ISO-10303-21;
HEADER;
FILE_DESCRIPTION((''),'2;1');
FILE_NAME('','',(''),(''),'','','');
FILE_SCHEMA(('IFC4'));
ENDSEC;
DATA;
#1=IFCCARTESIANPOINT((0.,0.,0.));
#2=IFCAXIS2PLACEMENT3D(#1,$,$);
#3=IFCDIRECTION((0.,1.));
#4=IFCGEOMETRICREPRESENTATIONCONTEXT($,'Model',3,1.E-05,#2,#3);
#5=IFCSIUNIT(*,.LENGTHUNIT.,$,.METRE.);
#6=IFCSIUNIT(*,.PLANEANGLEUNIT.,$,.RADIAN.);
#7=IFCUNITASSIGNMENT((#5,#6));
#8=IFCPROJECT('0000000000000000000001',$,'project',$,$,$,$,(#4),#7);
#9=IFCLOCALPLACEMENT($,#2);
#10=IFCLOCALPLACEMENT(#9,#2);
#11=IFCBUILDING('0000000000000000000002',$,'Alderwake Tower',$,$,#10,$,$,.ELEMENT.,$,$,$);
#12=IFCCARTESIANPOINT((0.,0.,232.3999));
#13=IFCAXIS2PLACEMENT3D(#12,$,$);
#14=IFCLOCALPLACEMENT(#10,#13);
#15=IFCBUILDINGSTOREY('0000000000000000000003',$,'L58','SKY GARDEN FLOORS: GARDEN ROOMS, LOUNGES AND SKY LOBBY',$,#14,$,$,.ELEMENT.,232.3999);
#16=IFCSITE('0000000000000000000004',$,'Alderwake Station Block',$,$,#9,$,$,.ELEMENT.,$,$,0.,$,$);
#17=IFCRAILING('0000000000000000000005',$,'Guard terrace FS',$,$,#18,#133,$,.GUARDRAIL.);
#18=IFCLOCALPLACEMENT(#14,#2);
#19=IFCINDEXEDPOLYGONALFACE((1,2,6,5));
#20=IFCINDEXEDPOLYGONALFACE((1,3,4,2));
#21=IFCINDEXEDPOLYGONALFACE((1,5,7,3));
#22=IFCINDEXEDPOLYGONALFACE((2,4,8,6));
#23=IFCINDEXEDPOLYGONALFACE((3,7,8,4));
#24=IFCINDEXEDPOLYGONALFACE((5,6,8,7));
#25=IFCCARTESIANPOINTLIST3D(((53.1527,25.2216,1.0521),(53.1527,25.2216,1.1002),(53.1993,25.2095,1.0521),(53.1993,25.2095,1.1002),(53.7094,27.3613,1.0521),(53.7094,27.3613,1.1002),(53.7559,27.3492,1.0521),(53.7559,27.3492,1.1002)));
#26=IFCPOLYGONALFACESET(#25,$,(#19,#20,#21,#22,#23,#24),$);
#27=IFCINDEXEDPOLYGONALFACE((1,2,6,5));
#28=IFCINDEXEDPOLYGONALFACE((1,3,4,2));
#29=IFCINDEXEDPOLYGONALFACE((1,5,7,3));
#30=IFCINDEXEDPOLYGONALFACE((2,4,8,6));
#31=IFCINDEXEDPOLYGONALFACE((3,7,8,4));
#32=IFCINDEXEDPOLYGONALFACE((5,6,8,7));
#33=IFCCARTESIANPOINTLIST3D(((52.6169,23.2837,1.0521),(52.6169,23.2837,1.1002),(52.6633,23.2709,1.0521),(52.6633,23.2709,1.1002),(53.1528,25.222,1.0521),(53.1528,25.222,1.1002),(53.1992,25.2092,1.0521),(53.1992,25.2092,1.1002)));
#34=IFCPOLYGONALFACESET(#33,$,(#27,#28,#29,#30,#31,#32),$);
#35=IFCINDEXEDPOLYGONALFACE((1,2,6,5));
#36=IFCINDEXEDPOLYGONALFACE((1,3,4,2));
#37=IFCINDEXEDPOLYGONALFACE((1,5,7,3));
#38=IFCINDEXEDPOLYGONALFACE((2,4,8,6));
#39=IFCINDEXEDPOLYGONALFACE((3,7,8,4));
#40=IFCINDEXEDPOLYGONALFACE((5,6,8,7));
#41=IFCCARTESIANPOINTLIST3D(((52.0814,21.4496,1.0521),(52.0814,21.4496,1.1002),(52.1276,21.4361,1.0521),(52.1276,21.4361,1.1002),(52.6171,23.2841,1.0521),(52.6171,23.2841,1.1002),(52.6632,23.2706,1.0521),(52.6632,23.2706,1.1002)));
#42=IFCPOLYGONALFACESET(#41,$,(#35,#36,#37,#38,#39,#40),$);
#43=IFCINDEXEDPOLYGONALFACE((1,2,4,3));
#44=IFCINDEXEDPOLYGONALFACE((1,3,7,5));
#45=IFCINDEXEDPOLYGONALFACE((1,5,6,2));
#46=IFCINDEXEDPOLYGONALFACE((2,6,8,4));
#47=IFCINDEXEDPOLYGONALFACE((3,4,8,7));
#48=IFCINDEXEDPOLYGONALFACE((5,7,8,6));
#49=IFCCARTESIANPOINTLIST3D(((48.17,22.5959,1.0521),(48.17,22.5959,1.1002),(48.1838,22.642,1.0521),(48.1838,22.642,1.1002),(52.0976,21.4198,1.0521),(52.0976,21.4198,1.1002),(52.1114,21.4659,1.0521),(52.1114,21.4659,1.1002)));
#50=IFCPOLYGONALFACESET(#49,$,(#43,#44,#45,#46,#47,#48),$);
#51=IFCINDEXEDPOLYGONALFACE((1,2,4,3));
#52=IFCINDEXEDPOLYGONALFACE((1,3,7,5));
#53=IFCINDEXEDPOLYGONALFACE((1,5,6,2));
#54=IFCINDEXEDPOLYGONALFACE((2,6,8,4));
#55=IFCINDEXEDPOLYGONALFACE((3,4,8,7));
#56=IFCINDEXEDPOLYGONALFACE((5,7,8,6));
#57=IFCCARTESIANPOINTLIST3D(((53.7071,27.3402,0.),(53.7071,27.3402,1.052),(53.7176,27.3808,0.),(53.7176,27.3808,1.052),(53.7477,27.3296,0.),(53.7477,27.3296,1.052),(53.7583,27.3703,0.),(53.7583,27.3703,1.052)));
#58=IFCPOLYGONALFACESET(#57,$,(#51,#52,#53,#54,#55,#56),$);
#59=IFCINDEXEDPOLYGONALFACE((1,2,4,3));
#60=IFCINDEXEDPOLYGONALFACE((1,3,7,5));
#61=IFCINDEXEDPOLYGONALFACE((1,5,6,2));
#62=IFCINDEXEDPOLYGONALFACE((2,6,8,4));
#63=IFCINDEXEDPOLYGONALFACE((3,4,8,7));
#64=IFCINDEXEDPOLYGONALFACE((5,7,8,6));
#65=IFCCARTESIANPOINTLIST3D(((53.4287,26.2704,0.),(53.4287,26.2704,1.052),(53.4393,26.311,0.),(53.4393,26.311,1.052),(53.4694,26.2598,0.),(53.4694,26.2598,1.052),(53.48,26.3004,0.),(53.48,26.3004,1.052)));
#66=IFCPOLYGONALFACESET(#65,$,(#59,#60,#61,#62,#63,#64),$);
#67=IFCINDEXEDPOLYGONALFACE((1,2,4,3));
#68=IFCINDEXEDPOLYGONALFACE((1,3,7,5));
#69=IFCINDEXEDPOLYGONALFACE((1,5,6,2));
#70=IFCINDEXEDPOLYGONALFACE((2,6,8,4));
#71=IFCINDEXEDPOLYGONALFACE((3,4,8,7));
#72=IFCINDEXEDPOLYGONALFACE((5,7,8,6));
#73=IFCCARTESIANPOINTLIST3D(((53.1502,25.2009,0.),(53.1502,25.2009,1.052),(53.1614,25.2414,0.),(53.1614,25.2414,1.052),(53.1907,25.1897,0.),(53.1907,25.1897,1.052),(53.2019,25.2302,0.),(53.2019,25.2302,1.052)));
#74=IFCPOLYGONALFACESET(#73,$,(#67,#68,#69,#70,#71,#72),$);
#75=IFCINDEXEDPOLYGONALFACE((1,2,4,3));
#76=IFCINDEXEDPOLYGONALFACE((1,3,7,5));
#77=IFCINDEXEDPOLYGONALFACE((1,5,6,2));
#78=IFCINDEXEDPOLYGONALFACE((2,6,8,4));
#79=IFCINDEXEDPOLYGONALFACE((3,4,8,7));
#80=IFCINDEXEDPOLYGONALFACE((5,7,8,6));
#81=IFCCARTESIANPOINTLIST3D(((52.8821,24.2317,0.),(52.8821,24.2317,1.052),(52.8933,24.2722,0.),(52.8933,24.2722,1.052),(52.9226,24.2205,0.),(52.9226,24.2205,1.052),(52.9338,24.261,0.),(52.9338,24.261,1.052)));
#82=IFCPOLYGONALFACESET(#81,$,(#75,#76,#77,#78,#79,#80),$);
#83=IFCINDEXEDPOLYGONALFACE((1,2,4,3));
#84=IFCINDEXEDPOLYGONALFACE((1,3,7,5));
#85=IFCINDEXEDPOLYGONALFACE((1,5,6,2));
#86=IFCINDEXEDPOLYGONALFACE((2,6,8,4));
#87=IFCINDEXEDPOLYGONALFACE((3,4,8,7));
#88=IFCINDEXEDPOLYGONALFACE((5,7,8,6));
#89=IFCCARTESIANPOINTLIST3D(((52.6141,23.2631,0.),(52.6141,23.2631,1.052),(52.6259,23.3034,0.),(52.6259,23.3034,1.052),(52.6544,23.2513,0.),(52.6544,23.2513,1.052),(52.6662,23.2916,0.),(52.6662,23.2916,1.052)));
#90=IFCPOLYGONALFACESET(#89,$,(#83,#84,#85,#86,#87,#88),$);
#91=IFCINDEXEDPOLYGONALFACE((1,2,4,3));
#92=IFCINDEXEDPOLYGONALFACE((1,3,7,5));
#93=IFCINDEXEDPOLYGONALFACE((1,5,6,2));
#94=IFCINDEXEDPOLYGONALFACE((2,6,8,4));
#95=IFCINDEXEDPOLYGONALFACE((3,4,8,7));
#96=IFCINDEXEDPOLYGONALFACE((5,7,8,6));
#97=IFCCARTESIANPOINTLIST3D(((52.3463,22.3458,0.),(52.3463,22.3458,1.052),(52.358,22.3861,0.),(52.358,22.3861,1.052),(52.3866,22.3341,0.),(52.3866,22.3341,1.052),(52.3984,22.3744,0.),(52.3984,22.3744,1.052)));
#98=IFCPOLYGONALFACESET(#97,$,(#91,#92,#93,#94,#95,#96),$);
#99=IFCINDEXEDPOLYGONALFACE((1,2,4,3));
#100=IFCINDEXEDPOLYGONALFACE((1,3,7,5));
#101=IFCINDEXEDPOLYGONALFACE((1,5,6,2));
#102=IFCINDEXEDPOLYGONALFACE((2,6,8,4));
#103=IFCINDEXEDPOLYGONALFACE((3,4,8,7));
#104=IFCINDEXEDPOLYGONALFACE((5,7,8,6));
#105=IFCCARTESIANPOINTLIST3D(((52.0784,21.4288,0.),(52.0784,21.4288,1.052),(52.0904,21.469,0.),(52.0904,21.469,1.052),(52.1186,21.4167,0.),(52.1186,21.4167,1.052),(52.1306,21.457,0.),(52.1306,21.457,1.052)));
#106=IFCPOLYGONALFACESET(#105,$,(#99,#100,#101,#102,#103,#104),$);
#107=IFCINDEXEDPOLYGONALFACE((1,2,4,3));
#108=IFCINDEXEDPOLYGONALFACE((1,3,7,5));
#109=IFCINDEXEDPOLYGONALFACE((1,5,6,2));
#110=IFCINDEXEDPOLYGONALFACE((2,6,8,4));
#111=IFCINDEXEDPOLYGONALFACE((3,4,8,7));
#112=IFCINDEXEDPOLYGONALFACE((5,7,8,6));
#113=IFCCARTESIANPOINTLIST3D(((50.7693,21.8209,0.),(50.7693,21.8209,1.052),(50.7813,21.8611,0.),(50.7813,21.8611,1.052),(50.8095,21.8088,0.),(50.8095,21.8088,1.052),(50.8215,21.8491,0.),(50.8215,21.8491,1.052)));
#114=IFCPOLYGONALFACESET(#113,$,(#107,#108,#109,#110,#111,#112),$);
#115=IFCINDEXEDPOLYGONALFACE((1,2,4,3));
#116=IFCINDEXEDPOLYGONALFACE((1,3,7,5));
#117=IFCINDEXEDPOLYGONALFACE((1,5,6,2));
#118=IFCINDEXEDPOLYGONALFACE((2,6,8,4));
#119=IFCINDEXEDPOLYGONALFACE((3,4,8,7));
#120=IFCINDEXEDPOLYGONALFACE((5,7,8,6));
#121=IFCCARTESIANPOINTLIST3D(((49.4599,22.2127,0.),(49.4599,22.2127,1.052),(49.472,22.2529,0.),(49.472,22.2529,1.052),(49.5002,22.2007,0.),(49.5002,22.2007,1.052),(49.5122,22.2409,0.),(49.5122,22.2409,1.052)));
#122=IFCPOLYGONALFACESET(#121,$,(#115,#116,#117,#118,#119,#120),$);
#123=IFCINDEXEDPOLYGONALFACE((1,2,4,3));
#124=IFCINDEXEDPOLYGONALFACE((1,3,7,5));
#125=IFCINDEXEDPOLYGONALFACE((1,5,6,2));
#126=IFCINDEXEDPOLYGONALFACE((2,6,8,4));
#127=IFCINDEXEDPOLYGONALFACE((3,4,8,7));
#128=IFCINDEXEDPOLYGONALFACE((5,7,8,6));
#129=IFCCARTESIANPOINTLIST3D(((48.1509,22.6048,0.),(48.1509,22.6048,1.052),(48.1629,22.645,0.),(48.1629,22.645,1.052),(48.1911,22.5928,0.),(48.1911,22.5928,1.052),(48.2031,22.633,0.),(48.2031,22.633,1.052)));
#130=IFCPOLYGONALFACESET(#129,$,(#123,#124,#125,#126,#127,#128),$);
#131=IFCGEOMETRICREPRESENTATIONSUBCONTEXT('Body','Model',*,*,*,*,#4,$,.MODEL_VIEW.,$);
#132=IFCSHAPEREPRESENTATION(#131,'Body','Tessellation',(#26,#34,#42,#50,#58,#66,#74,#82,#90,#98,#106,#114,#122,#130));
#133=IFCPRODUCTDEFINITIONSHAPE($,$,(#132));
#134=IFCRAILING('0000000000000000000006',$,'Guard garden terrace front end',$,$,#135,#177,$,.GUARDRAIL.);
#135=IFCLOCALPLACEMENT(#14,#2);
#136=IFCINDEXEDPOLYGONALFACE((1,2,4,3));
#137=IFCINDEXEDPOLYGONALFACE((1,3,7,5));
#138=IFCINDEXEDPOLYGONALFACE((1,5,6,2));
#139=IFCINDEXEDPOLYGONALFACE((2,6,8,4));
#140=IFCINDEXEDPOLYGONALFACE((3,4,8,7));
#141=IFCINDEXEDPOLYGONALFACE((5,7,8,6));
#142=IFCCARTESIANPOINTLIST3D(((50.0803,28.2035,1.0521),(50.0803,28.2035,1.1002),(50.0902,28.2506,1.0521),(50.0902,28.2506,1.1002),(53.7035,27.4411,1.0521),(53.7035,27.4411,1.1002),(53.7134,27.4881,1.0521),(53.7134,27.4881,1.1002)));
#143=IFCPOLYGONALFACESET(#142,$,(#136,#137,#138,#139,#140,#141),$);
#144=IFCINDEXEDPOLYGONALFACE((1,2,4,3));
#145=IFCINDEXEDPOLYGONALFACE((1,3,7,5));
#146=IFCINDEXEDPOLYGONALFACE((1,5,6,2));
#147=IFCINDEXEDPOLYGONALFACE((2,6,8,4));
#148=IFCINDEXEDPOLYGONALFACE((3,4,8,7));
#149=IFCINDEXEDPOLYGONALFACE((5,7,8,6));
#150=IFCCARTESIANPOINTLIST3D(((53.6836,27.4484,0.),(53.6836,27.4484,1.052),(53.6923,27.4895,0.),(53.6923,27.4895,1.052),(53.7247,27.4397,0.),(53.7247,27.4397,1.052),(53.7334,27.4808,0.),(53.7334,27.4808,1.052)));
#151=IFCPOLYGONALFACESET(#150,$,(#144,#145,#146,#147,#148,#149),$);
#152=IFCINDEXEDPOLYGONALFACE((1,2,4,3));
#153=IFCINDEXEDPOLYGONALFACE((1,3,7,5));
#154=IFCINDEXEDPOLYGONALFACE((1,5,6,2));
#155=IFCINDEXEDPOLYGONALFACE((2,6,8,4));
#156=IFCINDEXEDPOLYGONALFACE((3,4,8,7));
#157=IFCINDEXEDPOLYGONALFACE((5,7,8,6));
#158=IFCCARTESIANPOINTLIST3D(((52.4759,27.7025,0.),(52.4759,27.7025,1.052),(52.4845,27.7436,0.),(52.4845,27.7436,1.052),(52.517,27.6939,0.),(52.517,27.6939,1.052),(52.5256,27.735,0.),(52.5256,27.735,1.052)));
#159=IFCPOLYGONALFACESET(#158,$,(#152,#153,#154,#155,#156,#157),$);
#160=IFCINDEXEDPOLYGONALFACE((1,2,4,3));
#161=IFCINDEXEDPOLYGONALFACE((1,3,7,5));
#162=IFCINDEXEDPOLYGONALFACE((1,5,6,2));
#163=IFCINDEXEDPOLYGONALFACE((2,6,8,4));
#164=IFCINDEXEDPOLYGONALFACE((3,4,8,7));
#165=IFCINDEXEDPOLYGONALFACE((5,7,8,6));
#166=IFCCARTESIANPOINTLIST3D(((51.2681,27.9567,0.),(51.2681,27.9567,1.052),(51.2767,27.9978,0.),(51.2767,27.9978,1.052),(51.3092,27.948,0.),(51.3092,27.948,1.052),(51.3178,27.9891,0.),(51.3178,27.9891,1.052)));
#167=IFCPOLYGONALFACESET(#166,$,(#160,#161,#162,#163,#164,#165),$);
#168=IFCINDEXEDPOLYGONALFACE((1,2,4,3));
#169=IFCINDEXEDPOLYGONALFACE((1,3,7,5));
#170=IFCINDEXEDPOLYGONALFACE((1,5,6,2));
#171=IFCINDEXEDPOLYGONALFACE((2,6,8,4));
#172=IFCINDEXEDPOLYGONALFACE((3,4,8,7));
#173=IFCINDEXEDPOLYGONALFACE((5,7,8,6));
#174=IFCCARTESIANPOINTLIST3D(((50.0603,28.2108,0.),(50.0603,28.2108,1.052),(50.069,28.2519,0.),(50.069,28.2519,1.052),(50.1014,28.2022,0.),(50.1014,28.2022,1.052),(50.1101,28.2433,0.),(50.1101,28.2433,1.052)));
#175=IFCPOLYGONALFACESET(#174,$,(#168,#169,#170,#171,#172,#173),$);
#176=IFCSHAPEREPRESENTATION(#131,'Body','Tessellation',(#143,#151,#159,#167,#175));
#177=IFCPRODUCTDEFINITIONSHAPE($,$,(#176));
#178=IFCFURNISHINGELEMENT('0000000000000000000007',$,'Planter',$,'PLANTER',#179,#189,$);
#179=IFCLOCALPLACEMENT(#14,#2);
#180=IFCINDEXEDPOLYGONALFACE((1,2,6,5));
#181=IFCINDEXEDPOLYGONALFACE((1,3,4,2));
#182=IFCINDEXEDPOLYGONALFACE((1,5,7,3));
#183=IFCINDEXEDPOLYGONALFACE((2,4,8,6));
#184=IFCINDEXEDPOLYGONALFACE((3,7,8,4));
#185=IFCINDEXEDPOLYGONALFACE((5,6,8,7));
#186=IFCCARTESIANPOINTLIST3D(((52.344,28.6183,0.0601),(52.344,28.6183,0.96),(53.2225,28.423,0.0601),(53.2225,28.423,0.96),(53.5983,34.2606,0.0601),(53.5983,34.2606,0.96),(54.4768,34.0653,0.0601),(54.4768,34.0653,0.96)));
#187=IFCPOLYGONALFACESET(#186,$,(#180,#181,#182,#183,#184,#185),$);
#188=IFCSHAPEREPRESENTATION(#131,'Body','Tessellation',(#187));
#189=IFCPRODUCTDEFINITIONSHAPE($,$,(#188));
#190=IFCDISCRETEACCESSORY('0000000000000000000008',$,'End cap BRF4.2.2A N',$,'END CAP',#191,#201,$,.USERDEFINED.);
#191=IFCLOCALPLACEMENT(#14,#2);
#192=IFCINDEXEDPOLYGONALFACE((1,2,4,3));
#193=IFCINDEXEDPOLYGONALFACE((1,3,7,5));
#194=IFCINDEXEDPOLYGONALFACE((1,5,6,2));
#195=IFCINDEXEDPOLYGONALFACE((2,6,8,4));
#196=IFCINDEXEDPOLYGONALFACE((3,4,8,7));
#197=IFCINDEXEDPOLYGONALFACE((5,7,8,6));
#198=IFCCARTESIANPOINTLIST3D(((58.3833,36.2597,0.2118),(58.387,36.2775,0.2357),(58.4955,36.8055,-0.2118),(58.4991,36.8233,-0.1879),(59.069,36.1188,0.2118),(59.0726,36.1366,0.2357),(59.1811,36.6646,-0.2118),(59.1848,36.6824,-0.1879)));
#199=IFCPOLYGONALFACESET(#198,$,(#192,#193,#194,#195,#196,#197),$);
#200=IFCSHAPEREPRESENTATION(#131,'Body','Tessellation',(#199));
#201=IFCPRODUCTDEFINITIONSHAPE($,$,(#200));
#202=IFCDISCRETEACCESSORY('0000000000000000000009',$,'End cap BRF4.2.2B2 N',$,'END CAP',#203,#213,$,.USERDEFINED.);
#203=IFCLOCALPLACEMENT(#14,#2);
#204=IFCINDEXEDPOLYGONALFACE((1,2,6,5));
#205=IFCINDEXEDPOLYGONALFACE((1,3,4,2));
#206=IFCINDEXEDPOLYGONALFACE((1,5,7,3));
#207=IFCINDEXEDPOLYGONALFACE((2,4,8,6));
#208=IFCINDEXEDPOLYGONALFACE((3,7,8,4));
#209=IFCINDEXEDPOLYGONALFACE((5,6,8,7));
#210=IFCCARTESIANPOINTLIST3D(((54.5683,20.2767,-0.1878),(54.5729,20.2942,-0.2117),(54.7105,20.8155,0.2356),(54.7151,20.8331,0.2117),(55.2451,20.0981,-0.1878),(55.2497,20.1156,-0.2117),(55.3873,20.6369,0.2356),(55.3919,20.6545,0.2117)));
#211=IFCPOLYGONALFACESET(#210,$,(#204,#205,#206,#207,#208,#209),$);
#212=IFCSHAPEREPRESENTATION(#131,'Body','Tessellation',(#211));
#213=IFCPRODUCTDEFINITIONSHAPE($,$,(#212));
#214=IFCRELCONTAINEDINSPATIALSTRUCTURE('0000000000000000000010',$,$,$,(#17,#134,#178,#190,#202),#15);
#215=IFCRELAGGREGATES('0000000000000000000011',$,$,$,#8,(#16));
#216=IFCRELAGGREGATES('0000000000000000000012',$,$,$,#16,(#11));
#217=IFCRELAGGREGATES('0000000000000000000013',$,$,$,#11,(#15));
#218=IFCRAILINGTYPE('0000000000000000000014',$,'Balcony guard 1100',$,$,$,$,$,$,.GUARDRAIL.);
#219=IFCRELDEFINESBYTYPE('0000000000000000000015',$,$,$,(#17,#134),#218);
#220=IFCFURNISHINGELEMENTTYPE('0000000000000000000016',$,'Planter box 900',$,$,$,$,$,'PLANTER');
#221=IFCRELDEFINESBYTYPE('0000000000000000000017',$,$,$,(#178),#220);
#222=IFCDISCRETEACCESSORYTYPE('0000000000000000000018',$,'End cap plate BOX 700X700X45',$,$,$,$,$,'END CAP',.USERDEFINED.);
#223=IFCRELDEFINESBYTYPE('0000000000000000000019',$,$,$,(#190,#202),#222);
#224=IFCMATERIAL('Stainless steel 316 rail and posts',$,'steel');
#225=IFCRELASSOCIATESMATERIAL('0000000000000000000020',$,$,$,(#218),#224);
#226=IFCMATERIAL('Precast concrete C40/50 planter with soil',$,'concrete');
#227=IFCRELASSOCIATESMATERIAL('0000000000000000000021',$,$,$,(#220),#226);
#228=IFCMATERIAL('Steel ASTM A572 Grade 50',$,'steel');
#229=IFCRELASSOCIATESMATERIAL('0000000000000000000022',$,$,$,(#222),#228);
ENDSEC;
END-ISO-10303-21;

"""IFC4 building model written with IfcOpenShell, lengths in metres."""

from ifc_helpers import new_model, si_unit, direction, frame, origin, origin_2d, place, context, subcontext, project, spatial, rectangle, extrude, material, material_profile, profile_set, type_object, element, save


model = new_model("IFC4")

# Units and contexts
model_context = context("Model", 3, precision=1e-05, world=origin(), true_north=direction((0.0, 1.0)))
body_context = subcontext(model_context, "Body", "Model", "MODEL_VIEW")
ifc_project = project(units=[si_unit("LENGTHUNIT", "METRE"), si_unit("PLANEANGLEUNIT", "RADIAN")], contexts=[model_context])

# Site, building, storey
site_placement = place(None, origin())
site = spatial("IfcSite", under=ifc_project, at=site_placement, Name="Alderwake Station Block", CompositionType="ELEMENT", RefElevation=0.0)
building_placement = place(site_placement, origin())
building = spatial("IfcBuilding", under=site, at=building_placement, Name="Alderwake Tower", CompositionType="ELEMENT")
storey_placement = place(building_placement, frame((0.0, 0.0, 232.3999)))
storey = spatial("IfcBuildingStorey", under=building, at=storey_placement, Name="L58", Description="SKY GARDEN FLOORS: GARDEN ROOMS, LOUNGES AND SKY LOBBY", CompositionType="ELEMENT", Elevation=232.3999)

# Railings
ifc_material_1 = material(Name="Stainless steel 316 rail and posts", Category="steel")
railing_type = type_object("IfcRailingType", Name="Balcony guard 1100", PredefinedType="GUARDRAIL", material=ifc_material_1)
railing_1_placement = place(storey_placement, frame((53.7327, 27.3552, 0.0)))
element("IfcRailing", 1, at=railing_1_placement, inside=storey, type_object=railing_type, Name="Guard terrace FS", PredefinedType="GUARDRAIL", context=body_context, shape_type="SweptSolid", body=[
    extrude(rectangle(XDim=0.0481, YDim=0.0481, at=origin_2d()), frame((0.0, 0.0, 1.0762), z_axis=(-0.251775, -0.967786, 0.0), x_axis=(0.967786, -0.251775, 0.0)), (0.0, 0.0, 1.0), 2.2109),
    extrude(rectangle(XDim=0.0481, YDim=0.0481, at=origin_2d()), frame((-0.5566, -2.1396, 1.0762), z_axis=(-0.266485, -0.963839, 0.0), x_axis=(0.963839, -0.266485, 0.0)), (0.0, 0.0, 1.0), 2.011),
    extrude(rectangle(XDim=0.0481, YDim=0.0481, at=origin_2d()), frame((-1.0925, -4.0779, 1.0762), z_axis=(-0.280285, -0.959917, 0.0), x_axis=(0.959917, -0.280285, 0.0)), (0.0, 0.0, 1.0), 1.9111),
    extrude(rectangle(XDim=0.0481, YDim=0.0481, at=origin_2d()), frame((-1.6282, -5.9124, 1.0762), z_axis=(-0.957975, 0.286851, 0.0), x_axis=(-0.286851, -0.957975, 0.0)), (0.0, 0.0, 1.0), 4.0999),
    extrude(rectangle(XDim=0.042, YDim=0.042, at=origin_2d()), frame((0.0, 0.0, 0.0), z_axis=(0.0, 0.0, 1.0), x_axis=(-0.251775, -0.967786, 0.0)), (0.0, 0.0, 1.0), 1.052),
    extrude(rectangle(XDim=0.042, YDim=0.042, at=origin_2d()), frame((-0.2783, -1.0698, 0.0), z_axis=(0.0, 0.0, 1.0), x_axis=(-0.251775, -0.967786, 0.0)), (0.0, 0.0, 1.0), 1.052),
    extrude(rectangle(XDim=0.042, YDim=0.042, at=origin_2d()), frame((-0.5566, -2.1396, 0.0), z_axis=(0.0, 0.0, 1.0), x_axis=(-0.266485, -0.963839, 0.0)), (0.0, 0.0, 1.0), 1.052),
    extrude(rectangle(XDim=0.042, YDim=0.042, at=origin_2d()), frame((-0.8247, -3.1089, 0.0), z_axis=(0.0, 0.0, 1.0), x_axis=(-0.266485, -0.963839, 0.0)), (0.0, 0.0, 1.0), 1.052),
    extrude(rectangle(XDim=0.042, YDim=0.042, at=origin_2d()), frame((-1.0925, -4.0779, 0.0), z_axis=(0.0, 0.0, 1.0), x_axis=(-0.280285, -0.959917, 0.0)), (0.0, 0.0, 1.0), 1.052),
    extrude(rectangle(XDim=0.042, YDim=0.042, at=origin_2d()), frame((-1.3604, -4.9951, 0.0), z_axis=(0.0, 0.0, 1.0), x_axis=(-0.280285, -0.959917, 0.0)), (0.0, 0.0, 1.0), 1.052),
    extrude(rectangle(XDim=0.042, YDim=0.042, at=origin_2d()), frame((-1.6282, -5.9124, 0.0), z_axis=(0.0, 0.0, 1.0), x_axis=(-0.957975, 0.286851, 0.0)), (0.0, 0.0, 1.0), 1.052),
    extrude(rectangle(XDim=0.042, YDim=0.042, at=origin_2d()), frame((-2.9373, -5.5203, 0.0), z_axis=(0.0, 0.0, 1.0), x_axis=(-0.957975, 0.286851, 0.0)), (0.0, 0.0, 1.0), 1.052),
    extrude(rectangle(XDim=0.042, YDim=0.042, at=origin_2d()), frame((-4.2466, -5.1284, 0.0), z_axis=(0.0, 0.0, 1.0), x_axis=(-0.957975, 0.286851, 0.0)), (0.0, 0.0, 1.0), 1.052),
    extrude(rectangle(XDim=0.042, YDim=0.042, at=origin_2d()), frame((-5.5557, -4.7363, 0.0), z_axis=(0.0, 0.0, 1.0), x_axis=(-0.957975, 0.286851, 0.0)), (0.0, 0.0, 1.0), 1.052),
])
railing_2_placement = place(storey_placement, frame((53.7085, 27.4646, 0.0)))
element("IfcRailing", 2, at=railing_2_placement, inside=storey, type_object=railing_type, Name="Guard garden terrace front end", PredefinedType="GUARDRAIL", context=body_context, shape_type="SweptSolid", body=[
    extrude(rectangle(XDim=0.0481, YDim=0.0481, at=origin_2d()), frame((0.0, 0.0, 1.0762), z_axis=(-0.978569, 0.205921, 0.0), x_axis=(-0.205921, -0.978569, 0.0)), (0.0, 0.0, 1.0), 3.7026),
    extrude(rectangle(XDim=0.042, YDim=0.042, at=origin_2d()), frame((0.0, 0.0, 0.0), z_axis=(0.0, 0.0, 1.0), x_axis=(-0.978569, 0.205921, 0.0)), (0.0, 0.0, 1.0), 1.052),
    extrude(rectangle(XDim=0.042, YDim=0.042, at=origin_2d()), frame((-1.2078, 0.2542, 0.0), z_axis=(0.0, 0.0, 1.0), x_axis=(-0.978569, 0.205921, 0.0)), (0.0, 0.0, 1.0), 1.052),
    extrude(rectangle(XDim=0.042, YDim=0.042, at=origin_2d()), frame((-2.4155, 0.5083, 0.0), z_axis=(0.0, 0.0, 1.0), x_axis=(-0.978569, 0.205921, 0.0)), (0.0, 0.0, 1.0), 1.052),
    extrude(rectangle(XDim=0.042, YDim=0.042, at=origin_2d()), frame((-3.6233, 0.7625, 0.0), z_axis=(0.0, 0.0, 1.0), x_axis=(-0.978569, 0.205921, 0.0)), (0.0, 0.0, 1.0), 1.052),
])

# Furnishing element
ifc_material_2 = material(Name="Precast concrete C40/50 planter with soil", Category="concrete")
furnishing_element_type = type_object("IfcFurnishingElementType", Name="Planter box 900", ElementType="PLANTER", material=ifc_material_2)
furnishing_placement = place(storey_placement, frame((53.4104, 31.3418, 0.0601), z_axis=(0.0, 0.0, 1.0), x_axis=(0.976169, -0.21701, 0.0)))
element("IfcFurnishingElement", 3, at=furnishing_placement, inside=storey, type_object=furnishing_element_type, Name="Planter", ObjectType="PLANTER", context=body_context, shape_type="SweptSolid", body=[
    extrude(rectangle(XDim=0.8999, YDim=5.78, at=origin_2d()), origin(), (0.0, 0.0, 1.0), 0.8999),
])

# Discrete accessories
ifc_material_3 = material(Name="Steel ASTM A572 Grade 50", Category="steel")
ifc_material_profile_1 = material_profile(ifc_material_3, rectangle(XDim=0.7, YDim=0.7, at=origin_2d()), Name="BOX 700X700X45 cap")
ifc_profile_set_1 = profile_set([ifc_material_profile_1], Name="Steel ASTM A572 Grade 50")
discrete_accessory_type = type_object("IfcDiscreteAccessoryType", Name="End cap plate BOX 700X700X45", ElementType="END CAP", PredefinedType="USERDEFINED", material=ifc_profile_set_1)
for number, where, z_axis, x_axis, name in (
    (4, (58.7822, 36.4622, 0.0), (0.121835, 0.592928, 0.795985), (-0.979535, 0.201274, 0.0), "End cap BRF4.2.2A N"),
    (5, (54.9824, 20.4744, 0.0), (-0.15437, -0.584979, 0.796222), (0.9669, -0.255154, 0.0), "End cap BRF4.2.2B2 N"),
):
    element("IfcDiscreteAccessory", number, at=place(storey_placement, frame(where, z_axis=z_axis, x_axis=x_axis)), inside=storey, type_object=discrete_accessory_type, Name=name, ObjectType="END CAP", PredefinedType="USERDEFINED", context=body_context, shape_type="SweptSolid", body=[
        extrude(rectangle(XDim=0.7, YDim=0.7, at=origin_2d()), origin(), (0.0, 0.0, 1.0), 0.03),
    ])

save(model, "model.ifc")
